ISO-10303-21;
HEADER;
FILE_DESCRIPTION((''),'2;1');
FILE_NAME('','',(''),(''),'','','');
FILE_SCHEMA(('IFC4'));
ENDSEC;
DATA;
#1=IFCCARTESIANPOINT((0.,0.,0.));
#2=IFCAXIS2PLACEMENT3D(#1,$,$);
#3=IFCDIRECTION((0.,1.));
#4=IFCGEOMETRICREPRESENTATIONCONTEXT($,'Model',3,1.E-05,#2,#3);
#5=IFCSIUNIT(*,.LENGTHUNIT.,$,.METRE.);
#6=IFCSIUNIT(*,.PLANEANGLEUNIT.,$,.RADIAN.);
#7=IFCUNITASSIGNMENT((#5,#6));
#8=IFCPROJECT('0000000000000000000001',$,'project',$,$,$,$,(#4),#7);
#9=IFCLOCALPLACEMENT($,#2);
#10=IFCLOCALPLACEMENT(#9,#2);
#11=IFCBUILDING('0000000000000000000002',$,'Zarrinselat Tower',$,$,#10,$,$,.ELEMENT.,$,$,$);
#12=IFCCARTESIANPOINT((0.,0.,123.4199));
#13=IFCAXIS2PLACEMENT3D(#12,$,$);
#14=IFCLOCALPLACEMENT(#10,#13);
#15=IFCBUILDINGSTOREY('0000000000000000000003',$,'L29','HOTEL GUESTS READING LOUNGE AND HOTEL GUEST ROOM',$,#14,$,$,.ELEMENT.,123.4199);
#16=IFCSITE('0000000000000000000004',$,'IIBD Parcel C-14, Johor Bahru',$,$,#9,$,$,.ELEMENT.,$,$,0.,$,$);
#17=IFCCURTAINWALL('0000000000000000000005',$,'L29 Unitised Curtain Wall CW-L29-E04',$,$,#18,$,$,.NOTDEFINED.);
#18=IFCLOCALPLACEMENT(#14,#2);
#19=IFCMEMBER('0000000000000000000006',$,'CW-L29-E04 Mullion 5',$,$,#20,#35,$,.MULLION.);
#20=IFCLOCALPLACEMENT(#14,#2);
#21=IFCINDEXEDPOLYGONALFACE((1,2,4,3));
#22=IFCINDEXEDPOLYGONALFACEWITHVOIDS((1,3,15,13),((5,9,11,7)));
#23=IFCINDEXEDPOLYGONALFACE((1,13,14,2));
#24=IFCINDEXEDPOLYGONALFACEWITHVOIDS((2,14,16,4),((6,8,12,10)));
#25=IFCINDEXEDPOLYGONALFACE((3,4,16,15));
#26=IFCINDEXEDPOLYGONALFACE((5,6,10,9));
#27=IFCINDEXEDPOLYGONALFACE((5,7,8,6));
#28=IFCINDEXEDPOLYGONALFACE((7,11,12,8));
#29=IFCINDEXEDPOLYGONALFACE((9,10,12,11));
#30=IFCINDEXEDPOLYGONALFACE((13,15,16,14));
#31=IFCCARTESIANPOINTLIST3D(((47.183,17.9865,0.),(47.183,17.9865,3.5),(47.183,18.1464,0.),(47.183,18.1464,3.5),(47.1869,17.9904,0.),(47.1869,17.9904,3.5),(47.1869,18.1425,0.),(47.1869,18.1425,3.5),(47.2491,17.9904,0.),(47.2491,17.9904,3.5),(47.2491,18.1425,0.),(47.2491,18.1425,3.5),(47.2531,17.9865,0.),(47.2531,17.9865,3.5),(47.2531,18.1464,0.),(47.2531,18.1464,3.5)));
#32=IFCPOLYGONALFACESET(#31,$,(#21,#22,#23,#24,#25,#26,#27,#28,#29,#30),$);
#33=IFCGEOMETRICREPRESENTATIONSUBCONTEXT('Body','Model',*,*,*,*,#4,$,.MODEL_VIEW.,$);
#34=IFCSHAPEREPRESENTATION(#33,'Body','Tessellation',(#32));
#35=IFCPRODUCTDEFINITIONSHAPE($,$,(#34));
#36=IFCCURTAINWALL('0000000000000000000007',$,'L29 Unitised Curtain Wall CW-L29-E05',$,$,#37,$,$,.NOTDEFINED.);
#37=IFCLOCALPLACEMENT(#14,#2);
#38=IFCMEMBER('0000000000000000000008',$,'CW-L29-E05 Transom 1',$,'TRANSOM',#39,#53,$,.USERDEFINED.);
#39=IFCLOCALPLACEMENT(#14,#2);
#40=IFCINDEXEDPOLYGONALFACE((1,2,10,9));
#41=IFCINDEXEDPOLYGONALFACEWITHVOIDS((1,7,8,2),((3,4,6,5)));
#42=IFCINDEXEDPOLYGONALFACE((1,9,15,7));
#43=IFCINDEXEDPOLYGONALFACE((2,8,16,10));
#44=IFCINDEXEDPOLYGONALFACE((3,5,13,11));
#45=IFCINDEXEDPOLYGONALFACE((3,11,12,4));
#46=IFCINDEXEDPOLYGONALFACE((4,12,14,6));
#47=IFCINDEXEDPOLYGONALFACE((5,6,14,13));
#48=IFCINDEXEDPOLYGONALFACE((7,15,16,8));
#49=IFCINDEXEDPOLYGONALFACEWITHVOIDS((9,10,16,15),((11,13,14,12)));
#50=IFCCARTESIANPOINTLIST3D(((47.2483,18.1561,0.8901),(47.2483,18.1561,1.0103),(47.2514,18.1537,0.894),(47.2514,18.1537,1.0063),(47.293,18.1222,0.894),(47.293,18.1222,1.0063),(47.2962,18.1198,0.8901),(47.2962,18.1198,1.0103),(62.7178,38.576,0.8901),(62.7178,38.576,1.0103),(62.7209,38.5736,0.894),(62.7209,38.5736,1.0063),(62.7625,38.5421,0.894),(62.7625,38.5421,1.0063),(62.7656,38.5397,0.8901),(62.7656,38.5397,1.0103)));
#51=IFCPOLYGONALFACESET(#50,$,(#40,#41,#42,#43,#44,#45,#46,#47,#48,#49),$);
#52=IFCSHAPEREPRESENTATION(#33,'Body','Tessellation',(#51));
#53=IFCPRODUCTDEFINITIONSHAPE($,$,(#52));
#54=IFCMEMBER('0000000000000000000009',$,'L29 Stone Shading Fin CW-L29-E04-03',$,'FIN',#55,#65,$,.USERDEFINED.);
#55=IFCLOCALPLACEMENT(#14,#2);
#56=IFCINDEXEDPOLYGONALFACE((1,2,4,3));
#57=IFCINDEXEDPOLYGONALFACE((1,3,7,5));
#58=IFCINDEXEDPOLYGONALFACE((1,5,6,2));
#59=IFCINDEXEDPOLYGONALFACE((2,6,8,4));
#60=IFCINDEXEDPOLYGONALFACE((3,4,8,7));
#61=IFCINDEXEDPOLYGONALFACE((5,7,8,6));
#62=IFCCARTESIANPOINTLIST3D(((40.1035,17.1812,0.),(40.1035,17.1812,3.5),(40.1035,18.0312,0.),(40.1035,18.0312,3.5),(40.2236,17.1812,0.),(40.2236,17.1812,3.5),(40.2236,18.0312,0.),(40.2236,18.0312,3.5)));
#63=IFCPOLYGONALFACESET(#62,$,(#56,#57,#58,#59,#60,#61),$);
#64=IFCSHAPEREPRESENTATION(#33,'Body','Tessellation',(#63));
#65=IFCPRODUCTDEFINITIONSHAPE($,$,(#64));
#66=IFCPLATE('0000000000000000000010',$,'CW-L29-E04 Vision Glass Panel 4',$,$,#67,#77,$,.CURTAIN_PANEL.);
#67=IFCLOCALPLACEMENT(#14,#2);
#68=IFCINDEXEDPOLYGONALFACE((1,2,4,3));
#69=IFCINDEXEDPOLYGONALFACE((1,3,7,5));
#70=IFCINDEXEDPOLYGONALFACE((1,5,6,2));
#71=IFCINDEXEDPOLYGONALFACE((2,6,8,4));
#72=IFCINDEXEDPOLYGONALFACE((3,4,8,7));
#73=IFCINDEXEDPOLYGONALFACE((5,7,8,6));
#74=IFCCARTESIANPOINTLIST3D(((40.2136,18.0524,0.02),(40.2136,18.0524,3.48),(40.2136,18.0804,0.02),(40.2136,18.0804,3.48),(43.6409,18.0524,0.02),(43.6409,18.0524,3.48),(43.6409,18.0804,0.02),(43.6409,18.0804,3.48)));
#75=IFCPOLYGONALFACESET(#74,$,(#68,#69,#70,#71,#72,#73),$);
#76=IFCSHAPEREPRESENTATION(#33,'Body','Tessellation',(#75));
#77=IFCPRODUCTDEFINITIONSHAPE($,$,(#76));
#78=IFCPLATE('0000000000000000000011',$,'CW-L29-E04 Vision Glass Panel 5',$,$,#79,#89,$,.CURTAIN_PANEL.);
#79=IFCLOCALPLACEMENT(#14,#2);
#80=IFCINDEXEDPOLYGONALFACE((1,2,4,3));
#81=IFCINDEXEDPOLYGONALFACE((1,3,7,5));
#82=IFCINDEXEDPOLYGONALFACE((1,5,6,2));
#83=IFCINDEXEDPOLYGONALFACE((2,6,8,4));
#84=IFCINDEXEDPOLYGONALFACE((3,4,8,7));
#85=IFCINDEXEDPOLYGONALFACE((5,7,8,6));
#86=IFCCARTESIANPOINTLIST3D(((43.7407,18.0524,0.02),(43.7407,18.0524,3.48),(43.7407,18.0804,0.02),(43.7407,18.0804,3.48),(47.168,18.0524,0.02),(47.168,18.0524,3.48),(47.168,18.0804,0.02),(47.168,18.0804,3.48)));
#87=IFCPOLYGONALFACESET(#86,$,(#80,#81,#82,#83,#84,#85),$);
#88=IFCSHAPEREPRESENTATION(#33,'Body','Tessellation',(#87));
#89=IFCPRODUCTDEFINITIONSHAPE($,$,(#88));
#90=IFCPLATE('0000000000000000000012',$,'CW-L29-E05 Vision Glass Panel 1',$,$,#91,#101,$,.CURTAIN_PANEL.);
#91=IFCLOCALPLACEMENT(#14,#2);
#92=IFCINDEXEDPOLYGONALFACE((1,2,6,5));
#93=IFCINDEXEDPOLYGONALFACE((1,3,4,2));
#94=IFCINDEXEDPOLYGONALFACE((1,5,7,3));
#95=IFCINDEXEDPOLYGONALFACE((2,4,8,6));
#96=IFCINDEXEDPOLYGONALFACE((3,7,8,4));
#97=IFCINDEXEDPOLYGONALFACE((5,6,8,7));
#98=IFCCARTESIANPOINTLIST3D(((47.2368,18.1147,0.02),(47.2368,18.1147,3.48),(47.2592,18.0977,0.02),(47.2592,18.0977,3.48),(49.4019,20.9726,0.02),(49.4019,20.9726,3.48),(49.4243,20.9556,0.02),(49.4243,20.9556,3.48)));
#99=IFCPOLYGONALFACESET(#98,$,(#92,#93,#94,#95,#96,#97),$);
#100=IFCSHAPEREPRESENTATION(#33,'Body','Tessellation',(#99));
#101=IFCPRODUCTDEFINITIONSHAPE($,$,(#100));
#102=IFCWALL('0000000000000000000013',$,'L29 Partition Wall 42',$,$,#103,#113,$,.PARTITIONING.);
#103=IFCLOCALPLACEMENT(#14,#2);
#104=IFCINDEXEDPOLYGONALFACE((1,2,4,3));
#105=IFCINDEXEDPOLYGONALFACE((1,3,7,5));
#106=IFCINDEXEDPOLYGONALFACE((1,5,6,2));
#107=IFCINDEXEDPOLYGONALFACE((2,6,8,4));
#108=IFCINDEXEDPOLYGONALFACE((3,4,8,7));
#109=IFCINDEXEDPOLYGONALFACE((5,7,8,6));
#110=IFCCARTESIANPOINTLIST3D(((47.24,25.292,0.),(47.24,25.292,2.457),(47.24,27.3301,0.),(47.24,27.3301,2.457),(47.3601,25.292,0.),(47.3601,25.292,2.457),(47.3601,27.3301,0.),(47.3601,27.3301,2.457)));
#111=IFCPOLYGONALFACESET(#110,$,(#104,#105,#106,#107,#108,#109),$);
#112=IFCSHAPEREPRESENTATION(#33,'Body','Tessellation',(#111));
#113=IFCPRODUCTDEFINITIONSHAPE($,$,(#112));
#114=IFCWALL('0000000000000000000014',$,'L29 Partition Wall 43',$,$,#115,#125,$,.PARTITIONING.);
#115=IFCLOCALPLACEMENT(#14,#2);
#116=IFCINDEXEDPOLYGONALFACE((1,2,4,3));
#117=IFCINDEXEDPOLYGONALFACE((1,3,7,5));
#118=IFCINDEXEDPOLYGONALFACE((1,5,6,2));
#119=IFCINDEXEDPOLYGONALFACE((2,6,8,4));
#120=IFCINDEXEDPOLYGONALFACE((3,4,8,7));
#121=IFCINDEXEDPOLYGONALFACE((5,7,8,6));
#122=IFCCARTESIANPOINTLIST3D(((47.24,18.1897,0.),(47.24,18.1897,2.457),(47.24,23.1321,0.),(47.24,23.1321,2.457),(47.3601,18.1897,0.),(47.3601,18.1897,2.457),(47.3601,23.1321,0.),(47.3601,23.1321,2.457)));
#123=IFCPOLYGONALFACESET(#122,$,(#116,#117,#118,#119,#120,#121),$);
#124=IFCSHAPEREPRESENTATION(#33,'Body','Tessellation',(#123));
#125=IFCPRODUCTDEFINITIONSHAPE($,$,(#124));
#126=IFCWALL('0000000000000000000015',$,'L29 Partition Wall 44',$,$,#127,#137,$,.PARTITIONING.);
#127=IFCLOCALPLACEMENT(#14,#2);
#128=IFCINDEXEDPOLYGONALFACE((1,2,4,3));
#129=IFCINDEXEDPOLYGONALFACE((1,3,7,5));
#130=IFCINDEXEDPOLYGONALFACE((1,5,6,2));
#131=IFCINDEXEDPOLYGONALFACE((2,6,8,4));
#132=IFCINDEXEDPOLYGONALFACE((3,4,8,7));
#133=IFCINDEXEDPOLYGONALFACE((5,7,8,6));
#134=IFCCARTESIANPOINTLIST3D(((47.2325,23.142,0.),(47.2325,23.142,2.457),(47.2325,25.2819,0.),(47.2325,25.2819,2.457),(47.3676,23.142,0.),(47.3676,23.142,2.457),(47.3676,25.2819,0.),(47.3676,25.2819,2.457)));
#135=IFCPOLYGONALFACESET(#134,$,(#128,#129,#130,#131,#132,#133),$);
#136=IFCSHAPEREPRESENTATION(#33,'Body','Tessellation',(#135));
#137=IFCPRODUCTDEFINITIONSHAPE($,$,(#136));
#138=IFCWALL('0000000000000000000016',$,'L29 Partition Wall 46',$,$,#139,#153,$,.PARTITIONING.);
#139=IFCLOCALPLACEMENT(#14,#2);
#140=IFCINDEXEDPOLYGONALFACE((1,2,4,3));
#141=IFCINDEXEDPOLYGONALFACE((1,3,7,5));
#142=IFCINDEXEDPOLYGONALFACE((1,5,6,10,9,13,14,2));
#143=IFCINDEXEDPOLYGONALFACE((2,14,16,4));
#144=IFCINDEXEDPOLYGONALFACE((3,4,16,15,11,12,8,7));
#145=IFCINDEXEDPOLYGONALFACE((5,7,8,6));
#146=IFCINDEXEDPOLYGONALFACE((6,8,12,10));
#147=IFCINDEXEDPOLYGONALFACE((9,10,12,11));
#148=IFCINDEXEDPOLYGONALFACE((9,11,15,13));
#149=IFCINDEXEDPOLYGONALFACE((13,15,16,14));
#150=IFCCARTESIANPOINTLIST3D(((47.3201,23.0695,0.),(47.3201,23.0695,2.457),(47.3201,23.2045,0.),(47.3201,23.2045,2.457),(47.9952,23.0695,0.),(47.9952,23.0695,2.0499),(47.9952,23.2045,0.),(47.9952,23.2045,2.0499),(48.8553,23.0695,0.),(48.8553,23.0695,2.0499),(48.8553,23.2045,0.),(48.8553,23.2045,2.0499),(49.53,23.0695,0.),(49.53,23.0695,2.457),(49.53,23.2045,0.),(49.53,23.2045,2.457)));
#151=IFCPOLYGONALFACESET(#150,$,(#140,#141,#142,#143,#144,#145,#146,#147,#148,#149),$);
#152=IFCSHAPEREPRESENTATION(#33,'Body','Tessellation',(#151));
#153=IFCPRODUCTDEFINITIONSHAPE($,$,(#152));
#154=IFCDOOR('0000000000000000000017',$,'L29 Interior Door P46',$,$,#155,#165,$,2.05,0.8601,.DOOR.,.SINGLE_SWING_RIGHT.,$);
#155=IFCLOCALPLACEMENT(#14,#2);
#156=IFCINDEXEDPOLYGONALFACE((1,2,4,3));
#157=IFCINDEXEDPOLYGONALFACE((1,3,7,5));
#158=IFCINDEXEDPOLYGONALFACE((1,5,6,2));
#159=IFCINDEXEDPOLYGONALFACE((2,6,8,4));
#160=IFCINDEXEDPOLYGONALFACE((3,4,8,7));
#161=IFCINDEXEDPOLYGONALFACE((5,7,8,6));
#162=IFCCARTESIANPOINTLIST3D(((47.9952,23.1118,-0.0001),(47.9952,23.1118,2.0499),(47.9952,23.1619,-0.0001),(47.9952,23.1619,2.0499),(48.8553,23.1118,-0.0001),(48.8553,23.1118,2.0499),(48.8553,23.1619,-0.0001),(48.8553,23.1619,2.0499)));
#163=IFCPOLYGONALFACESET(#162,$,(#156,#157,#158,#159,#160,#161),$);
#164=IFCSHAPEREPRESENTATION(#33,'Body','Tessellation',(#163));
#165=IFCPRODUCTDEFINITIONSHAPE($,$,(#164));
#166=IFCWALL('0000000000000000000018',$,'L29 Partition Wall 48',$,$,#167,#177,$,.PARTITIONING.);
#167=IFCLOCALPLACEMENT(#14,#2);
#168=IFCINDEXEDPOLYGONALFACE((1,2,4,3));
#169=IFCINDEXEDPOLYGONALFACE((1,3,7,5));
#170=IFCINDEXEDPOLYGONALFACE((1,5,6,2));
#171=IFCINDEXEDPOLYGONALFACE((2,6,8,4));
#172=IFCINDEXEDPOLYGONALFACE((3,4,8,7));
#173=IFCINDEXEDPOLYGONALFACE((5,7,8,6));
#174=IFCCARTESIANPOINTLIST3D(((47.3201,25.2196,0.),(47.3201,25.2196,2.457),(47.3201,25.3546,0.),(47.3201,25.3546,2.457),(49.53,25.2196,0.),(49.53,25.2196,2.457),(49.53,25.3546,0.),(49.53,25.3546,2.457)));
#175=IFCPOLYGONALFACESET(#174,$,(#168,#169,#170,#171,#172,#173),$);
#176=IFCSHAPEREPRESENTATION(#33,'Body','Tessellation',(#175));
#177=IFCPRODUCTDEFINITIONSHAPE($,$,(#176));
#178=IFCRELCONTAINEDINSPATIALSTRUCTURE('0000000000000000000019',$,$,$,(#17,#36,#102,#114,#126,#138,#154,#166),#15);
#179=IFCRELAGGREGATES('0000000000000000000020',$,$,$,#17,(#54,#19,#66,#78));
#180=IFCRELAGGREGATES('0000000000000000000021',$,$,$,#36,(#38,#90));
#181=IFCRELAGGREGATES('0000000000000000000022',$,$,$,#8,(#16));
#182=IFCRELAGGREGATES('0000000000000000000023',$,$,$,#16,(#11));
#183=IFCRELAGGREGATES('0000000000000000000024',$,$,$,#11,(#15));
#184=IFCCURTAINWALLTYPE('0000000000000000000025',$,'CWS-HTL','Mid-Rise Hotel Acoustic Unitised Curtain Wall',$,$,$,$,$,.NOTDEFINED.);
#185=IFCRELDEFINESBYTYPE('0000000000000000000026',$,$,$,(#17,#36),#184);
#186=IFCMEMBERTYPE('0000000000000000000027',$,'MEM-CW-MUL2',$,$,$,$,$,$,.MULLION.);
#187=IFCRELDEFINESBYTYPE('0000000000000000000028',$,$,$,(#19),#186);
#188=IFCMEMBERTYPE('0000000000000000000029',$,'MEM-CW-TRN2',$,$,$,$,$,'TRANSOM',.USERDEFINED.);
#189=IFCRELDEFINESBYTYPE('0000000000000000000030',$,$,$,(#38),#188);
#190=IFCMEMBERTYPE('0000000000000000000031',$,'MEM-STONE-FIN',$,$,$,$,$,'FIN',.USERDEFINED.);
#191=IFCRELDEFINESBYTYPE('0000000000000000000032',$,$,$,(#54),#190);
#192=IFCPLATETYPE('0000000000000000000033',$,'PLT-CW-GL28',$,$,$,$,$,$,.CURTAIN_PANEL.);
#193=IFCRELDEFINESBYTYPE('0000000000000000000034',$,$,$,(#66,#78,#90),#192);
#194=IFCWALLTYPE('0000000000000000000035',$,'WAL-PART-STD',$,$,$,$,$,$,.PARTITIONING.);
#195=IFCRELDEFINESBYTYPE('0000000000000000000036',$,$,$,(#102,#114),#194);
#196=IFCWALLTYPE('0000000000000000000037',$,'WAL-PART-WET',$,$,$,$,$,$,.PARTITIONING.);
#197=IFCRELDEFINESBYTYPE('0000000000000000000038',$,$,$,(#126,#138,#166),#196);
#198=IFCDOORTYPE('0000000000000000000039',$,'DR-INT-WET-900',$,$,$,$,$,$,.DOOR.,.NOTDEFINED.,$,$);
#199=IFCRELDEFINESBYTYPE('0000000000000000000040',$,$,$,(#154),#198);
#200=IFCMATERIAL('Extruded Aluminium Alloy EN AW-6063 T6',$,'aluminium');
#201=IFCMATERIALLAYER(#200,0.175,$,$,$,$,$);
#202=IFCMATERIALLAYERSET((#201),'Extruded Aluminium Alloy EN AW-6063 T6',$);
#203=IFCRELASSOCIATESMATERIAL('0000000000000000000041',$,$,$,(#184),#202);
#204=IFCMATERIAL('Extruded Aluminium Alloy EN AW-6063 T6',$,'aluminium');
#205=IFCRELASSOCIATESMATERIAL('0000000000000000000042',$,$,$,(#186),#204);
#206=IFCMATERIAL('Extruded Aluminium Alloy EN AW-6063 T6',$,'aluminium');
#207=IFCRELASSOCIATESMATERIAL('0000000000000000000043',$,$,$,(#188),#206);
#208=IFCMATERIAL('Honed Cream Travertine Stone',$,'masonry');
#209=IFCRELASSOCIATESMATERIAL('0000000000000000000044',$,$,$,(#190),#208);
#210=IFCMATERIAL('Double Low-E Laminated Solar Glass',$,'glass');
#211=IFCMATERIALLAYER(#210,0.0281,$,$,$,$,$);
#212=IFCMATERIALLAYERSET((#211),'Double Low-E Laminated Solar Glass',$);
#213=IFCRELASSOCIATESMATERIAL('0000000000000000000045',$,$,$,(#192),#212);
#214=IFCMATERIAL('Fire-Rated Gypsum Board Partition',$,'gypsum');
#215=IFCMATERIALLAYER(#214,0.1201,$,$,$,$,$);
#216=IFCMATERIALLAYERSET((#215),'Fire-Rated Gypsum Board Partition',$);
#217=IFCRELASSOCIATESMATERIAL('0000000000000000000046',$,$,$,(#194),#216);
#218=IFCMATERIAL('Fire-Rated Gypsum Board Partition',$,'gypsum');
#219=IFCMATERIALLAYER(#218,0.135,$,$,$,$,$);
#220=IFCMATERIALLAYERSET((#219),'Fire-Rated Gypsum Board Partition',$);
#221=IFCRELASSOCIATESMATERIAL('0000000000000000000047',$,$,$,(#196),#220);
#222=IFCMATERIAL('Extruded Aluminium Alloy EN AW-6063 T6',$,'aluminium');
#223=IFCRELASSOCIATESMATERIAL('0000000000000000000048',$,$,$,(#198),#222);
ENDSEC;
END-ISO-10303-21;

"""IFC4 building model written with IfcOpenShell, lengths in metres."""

from ifc_helpers import new_model, si_unit, direction, frame, frame_2d, origin, origin_2d, place, context, subcontext, project, spatial, rectangle, hollow_rectangle, extrude, material, layer, layer_set, material_profile, profile_set, type_object, element, fill, aggregate, save


model = new_model("IFC4")

# Units and contexts
model_context = context("Model", 3, precision=1e-05, world=origin(), true_north=direction((0.0, 1.0)))
body_context = subcontext(model_context, "Body", "Model", "MODEL_VIEW")
ifc_project = project(units=[si_unit("LENGTHUNIT", "METRE"), si_unit("PLANEANGLEUNIT", "RADIAN")], contexts=[model_context])

# Site, building, storey
site_placement = place(None, origin())
site = spatial("IfcSite", under=ifc_project, at=site_placement, Name="IIBD Parcel C-14, Johor Bahru", CompositionType="ELEMENT", RefElevation=0.0)
building_placement = place(site_placement, origin())
building = spatial("IfcBuilding", under=site, at=building_placement, Name="Zarrinselat Tower", CompositionType="ELEMENT")
storey_placement = place(building_placement, frame((0.0, 0.0, 123.4199)))
storey = spatial("IfcBuildingStorey", under=building, at=storey_placement, Name="L29", Description="HOTEL GUESTS READING LOUNGE AND HOTEL GUEST ROOM", CompositionType="ELEMENT", Elevation=123.4199)

# Curtain wall, member
ifc_material_1 = material(Name="Extruded Aluminium Alloy EN AW-6063 T6", Category="aluminium")
ifc_layer_1 = layer(ifc_material_1, 0.175)
ifc_layer_set_1 = layer_set([ifc_layer_1], Name="Extruded Aluminium Alloy EN AW-6063 T6")
curtain_wall_type = type_object("IfcCurtainWallType", Name="CWS-HTL", Description="Mid-Rise Hotel Acoustic Unitised Curtain Wall", PredefinedType="NOTDEFINED", material=ifc_layer_set_1)
curtain_wall_1_placement = place(storey_placement, origin())
curtain_wall_1 = element("IfcCurtainWall", 1, at=curtain_wall_1_placement, inside=storey, type_object=curtain_wall_type, Name="L29 Unitised Curtain Wall CW-L29-E04", PredefinedType="NOTDEFINED")
ifc_material_2 = material(Name="Extruded Aluminium Alloy EN AW-6063 T6", Category="aluminium")
ifc_material_profile_1 = material_profile(ifc_material_2, hollow_rectangle(XDim=0.0701, YDim=0.1599, WallThickness=0.0039, at=origin_2d()), Name="RHS 160x70x4")
ifc_profile_set_1 = profile_set([ifc_material_profile_1], Name="Extruded Aluminium Alloy EN AW-6063 T6")
member_type_1 = type_object("IfcMemberType", Name="MEM-CW-MUL2", PredefinedType="MULLION", material=ifc_profile_set_1)
member_1_placement = place(storey_placement, frame((47.218, 18.0664, 0.0), z_axis=(0.0, 0.0, 1.0), x_axis=(1.0, 0.0, 0.0)))
member_1 = element("IfcMember", 2, at=member_1_placement, type_object=member_type_1, Name="CW-L29-E04 Mullion 5", PredefinedType="MULLION", context=body_context, shape_type="SweptSolid", body=[
    extrude(hollow_rectangle(XDim=0.0701, YDim=0.1599, WallThickness=0.0039, at=origin_2d()), origin(), (0.0, 0.0, 1.0), 3.5),
])

# Curtain wall, member
curtain_wall_2_placement = place(storey_placement, origin())
curtain_wall_2 = element("IfcCurtainWall", 3, at=curtain_wall_2_placement, inside=storey, type_object=curtain_wall_type, Name="L29 Unitised Curtain Wall CW-L29-E05", PredefinedType="NOTDEFINED")
ifc_material_3 = material(Name="Extruded Aluminium Alloy EN AW-6063 T6", Category="aluminium")
ifc_material_profile_2 = material_profile(ifc_material_3, hollow_rectangle(XDim=0.0601, YDim=0.1201, WallThickness=0.0039, at=origin_2d()), Name="RHS 120x60x4")
ifc_profile_set_2 = profile_set([ifc_material_profile_2], Name="Extruded Aluminium Alloy EN AW-6063 T6")
member_type_2 = type_object("IfcMemberType", Name="MEM-CW-TRN2", ElementType="TRANSOM", PredefinedType="USERDEFINED", material=ifc_profile_set_2)
member_2_placement = place(storey_placement, frame((47.2722, 18.1379, 0.9502), z_axis=(0.603854, 0.797095, 0.0), x_axis=(-0.797095, 0.603854, 0.0)))
member_2 = element("IfcMember", 4, at=member_2_placement, type_object=member_type_2, Name="CW-L29-E05 Transom 1", ObjectType="TRANSOM", PredefinedType="USERDEFINED", context=body_context, shape_type="SweptSolid", body=[
    extrude(hollow_rectangle(XDim=0.0601, YDim=0.1201, WallThickness=0.0039, at=origin_2d()), origin(), (0.0, 0.0, 1.0), 25.6179),
])

# Member
ifc_material_4 = material(Name="Honed Cream Travertine Stone", Category="masonry")
ifc_material_profile_3 = material_profile(ifc_material_4, rectangle(XDim=0.1201, YDim=0.8501, at=origin_2d()), Name="FIN 850x120")
ifc_profile_set_3 = profile_set([ifc_material_profile_3], Name="Honed Cream Travertine Stone")
member_type_3 = type_object("IfcMemberType", Name="MEM-STONE-FIN", ElementType="FIN", PredefinedType="USERDEFINED", material=ifc_profile_set_3)
member_3_placement = place(storey_placement, frame((40.1636, 17.6062, 0.0), z_axis=(0.0, 0.0, 1.0), x_axis=(-1.0, 0.0, 0.0)))
member_3 = element("IfcMember", 5, at=member_3_placement, type_object=member_type_3, Name="L29 Stone Shading Fin CW-L29-E04-03", ObjectType="FIN", PredefinedType="USERDEFINED", context=body_context, shape_type="SweptSolid", body=[
    extrude(rectangle(XDim=0.1201, YDim=0.8501, at=origin_2d()), origin(), (0.0, 0.0, 1.0), 3.5),
])

# Plates
ifc_material_5 = material(Name="Double Low-E Laminated Solar Glass", Category="glass")
ifc_layer_2 = layer(ifc_material_5, 0.0281)
ifc_layer_set_2 = layer_set([ifc_layer_2], Name="Double Low-E Laminated Solar Glass")
plate_type = type_object("IfcPlateType", Name="PLT-CW-GL28", PredefinedType="CURTAIN_PANEL", material=ifc_layer_set_2)
plate_1_placement = place(storey_placement, frame((41.9272, 18.0664, 0.02), z_axis=(0.0, 0.0, 1.0), x_axis=(1.0, 0.0, 0.0)))
plate_1 = element("IfcPlate", 6, at=plate_1_placement, type_object=plate_type, Name="CW-L29-E04 Vision Glass Panel 4", PredefinedType="CURTAIN_PANEL", context=body_context, shape_type="SweptSolid", body=[
    extrude(rectangle(XDim=3.4272, YDim=0.0281, at=origin_2d()), origin(), (0.0, 0.0, 1.0), 3.46),
])
plate_2_placement = place(storey_placement, frame((45.4543, 18.0664, 0.02), z_axis=(0.0, 0.0, 1.0), x_axis=(1.0, 0.0, 0.0)))
plate_2 = element("IfcPlate", 7, at=plate_2_placement, type_object=plate_type, Name="CW-L29-E04 Vision Glass Panel 5", PredefinedType="CURTAIN_PANEL", context=body_context, shape_type="SweptSolid", body=[
    extrude(rectangle(XDim=3.4272, YDim=0.0281, at=origin_2d()), origin(), (0.0, 0.0, 1.0), 3.46),
])
aggregate(curtain_wall_1, [member_3, member_1, plate_1, plate_2])
plate_3_placement = place(storey_placement, frame((48.3306, 19.5352, 0.02), z_axis=(0.0, 0.0, 1.0), x_axis=(0.603858, 0.797092, 0.0)))
plate_3 = element("IfcPlate", 8, at=plate_3_placement, type_object=plate_type, Name="CW-L29-E05 Vision Glass Panel 1", PredefinedType="CURTAIN_PANEL", context=body_context, shape_type="SweptSolid", body=[
    extrude(rectangle(XDim=3.5854, YDim=0.0281, at=origin_2d()), origin(), (0.0, 0.0, 1.0), 3.46),
])
aggregate(curtain_wall_2, [member_2, plate_3])

# Walls
ifc_material_6 = material(Name="Fire-Rated Gypsum Board Partition", Category="gypsum")
ifc_layer_3 = layer(ifc_material_6, 0.1201)
ifc_layer_set_3 = layer_set([ifc_layer_3], Name="Fire-Rated Gypsum Board Partition")
wall_type_1 = type_object("IfcWallType", Name="WAL-PART-STD", PredefinedType="PARTITIONING", material=ifc_layer_set_3)
wall_1_placement = place(storey_placement, frame((47.3, 25.292, 0.0), z_axis=(0.0, 0.0, 1.0), x_axis=(0.0, 1.0, 0.0)))
element("IfcWall", 9, at=wall_1_placement, inside=storey, type_object=wall_type_1, Name="L29 Partition Wall 42", PredefinedType="PARTITIONING", context=body_context, shape_type="SweptSolid", body=[
    extrude(rectangle(XDim=2.0381, YDim=0.1201, at=frame_2d((1.019, 0.0))), origin(), (0.0, 0.0, 1.0), 2.457),
])
wall_2_placement = place(storey_placement, frame((47.3, 18.1897, 0.0), z_axis=(0.0, 0.0, 1.0), x_axis=(0.0, 1.0, 0.0)))
element("IfcWall", 10, at=wall_2_placement, inside=storey, type_object=wall_type_1, Name="L29 Partition Wall 43", PredefinedType="PARTITIONING", context=body_context, shape_type="SweptSolid", body=[
    extrude(rectangle(XDim=4.9424, YDim=0.1201, at=frame_2d((2.4712, 0.0))), origin(), (0.0, 0.0, 1.0), 2.457),
])
ifc_material_7 = material(Name="Fire-Rated Gypsum Board Partition", Category="gypsum")
ifc_layer_4 = layer(ifc_material_7, 0.135)
ifc_layer_set_4 = layer_set([ifc_layer_4], Name="Fire-Rated Gypsum Board Partition")
wall_type_2 = type_object("IfcWallType", Name="WAL-PART-WET", PredefinedType="PARTITIONING", material=ifc_layer_set_4)
wall_3_placement = place(storey_placement, frame((47.3, 23.1421, 0.0), z_axis=(0.0, 0.0, 1.0), x_axis=(0.0, 1.0, 0.0)))
element("IfcWall", 11, at=wall_3_placement, inside=storey, type_object=wall_type_2, Name="L29 Partition Wall 44", PredefinedType="PARTITIONING", context=body_context, shape_type="SweptSolid", body=[
    extrude(rectangle(XDim=2.1399, YDim=0.135, at=frame_2d((1.0698, 0.0))), origin(), (0.0, 0.0, 1.0), 2.457),
])

# Wall, opening, door
wall_4_placement = place(storey_placement, frame((47.3201, 23.137, 0.0), z_axis=(0.0, 0.0, 1.0), x_axis=(1.0, 0.0, 0.0)))
wall_4 = element("IfcWall", 12, at=wall_4_placement, inside=storey, type_object=wall_type_2, Name="L29 Partition Wall 46", PredefinedType="PARTITIONING", context=body_context, shape_type="SweptSolid", body=[
    extrude(rectangle(XDim=2.21, YDim=0.135, at=frame_2d((1.105, 0.0))), origin(), (0.0, 0.0, 1.0), 2.457),
])
opening_placement = place(wall_4_placement, frame((0.675, 0.0, 0.0)))
opening = element("IfcOpeningElement", 13, at=opening_placement, cuts=wall_4, PredefinedType="OPENING", context=body_context, shape_type="SweptSolid", body=[
    extrude(rectangle(XDim=0.8601, YDim=2.05, at=frame_2d((0.4302, 1.0249))), frame((0.0, 0.0774, 0.0), z_axis=(0.0, -1.0, 0.0), x_axis=(1.0, 0.0, 0.0)), (0.0, 0.0, 1.0), 0.155),
])
ifc_material_8 = material(Name="Extruded Aluminium Alloy EN AW-6063 T6", Category="aluminium")
door_type = type_object("IfcDoorType", Name="DR-INT-WET-900", OperationType="NOTDEFINED", PredefinedType="DOOR", material=ifc_material_8)
door_placement = place(opening_placement, origin())
door = element("IfcDoor", 14, at=door_placement, inside=storey, type_object=door_type, Name="L29 Interior Door P46", OperationType="SINGLE_SWING_RIGHT", OverallHeight=2.05, OverallWidth=0.8601, PredefinedType="DOOR", context=body_context, shape_type="SweptSolid", body=[
    extrude(rectangle(XDim=0.8601, YDim=2.05, at=frame_2d((0.4302, 1.0249))), frame((0.0, 0.0249, 0.0), z_axis=(0.0, -1.0, 0.0), x_axis=(1.0, 0.0, 0.0)), (0.0, 0.0, 1.0), 0.05),
])
fill(opening, door)

# Wall
wall_5_placement = place(storey_placement, frame((47.3201, 25.2871, 0.0), z_axis=(0.0, 0.0, 1.0), x_axis=(1.0, 0.0, 0.0)))
element("IfcWall", 15, at=wall_5_placement, inside=storey, type_object=wall_type_2, Name="L29 Partition Wall 48", PredefinedType="PARTITIONING", context=body_context, shape_type="SweptSolid", body=[
    extrude(rectangle(XDim=2.21, YDim=0.135, at=frame_2d((1.105, 0.0))), origin(), (0.0, 0.0, 1.0), 2.457),
])

save(model, "model.ifc")
